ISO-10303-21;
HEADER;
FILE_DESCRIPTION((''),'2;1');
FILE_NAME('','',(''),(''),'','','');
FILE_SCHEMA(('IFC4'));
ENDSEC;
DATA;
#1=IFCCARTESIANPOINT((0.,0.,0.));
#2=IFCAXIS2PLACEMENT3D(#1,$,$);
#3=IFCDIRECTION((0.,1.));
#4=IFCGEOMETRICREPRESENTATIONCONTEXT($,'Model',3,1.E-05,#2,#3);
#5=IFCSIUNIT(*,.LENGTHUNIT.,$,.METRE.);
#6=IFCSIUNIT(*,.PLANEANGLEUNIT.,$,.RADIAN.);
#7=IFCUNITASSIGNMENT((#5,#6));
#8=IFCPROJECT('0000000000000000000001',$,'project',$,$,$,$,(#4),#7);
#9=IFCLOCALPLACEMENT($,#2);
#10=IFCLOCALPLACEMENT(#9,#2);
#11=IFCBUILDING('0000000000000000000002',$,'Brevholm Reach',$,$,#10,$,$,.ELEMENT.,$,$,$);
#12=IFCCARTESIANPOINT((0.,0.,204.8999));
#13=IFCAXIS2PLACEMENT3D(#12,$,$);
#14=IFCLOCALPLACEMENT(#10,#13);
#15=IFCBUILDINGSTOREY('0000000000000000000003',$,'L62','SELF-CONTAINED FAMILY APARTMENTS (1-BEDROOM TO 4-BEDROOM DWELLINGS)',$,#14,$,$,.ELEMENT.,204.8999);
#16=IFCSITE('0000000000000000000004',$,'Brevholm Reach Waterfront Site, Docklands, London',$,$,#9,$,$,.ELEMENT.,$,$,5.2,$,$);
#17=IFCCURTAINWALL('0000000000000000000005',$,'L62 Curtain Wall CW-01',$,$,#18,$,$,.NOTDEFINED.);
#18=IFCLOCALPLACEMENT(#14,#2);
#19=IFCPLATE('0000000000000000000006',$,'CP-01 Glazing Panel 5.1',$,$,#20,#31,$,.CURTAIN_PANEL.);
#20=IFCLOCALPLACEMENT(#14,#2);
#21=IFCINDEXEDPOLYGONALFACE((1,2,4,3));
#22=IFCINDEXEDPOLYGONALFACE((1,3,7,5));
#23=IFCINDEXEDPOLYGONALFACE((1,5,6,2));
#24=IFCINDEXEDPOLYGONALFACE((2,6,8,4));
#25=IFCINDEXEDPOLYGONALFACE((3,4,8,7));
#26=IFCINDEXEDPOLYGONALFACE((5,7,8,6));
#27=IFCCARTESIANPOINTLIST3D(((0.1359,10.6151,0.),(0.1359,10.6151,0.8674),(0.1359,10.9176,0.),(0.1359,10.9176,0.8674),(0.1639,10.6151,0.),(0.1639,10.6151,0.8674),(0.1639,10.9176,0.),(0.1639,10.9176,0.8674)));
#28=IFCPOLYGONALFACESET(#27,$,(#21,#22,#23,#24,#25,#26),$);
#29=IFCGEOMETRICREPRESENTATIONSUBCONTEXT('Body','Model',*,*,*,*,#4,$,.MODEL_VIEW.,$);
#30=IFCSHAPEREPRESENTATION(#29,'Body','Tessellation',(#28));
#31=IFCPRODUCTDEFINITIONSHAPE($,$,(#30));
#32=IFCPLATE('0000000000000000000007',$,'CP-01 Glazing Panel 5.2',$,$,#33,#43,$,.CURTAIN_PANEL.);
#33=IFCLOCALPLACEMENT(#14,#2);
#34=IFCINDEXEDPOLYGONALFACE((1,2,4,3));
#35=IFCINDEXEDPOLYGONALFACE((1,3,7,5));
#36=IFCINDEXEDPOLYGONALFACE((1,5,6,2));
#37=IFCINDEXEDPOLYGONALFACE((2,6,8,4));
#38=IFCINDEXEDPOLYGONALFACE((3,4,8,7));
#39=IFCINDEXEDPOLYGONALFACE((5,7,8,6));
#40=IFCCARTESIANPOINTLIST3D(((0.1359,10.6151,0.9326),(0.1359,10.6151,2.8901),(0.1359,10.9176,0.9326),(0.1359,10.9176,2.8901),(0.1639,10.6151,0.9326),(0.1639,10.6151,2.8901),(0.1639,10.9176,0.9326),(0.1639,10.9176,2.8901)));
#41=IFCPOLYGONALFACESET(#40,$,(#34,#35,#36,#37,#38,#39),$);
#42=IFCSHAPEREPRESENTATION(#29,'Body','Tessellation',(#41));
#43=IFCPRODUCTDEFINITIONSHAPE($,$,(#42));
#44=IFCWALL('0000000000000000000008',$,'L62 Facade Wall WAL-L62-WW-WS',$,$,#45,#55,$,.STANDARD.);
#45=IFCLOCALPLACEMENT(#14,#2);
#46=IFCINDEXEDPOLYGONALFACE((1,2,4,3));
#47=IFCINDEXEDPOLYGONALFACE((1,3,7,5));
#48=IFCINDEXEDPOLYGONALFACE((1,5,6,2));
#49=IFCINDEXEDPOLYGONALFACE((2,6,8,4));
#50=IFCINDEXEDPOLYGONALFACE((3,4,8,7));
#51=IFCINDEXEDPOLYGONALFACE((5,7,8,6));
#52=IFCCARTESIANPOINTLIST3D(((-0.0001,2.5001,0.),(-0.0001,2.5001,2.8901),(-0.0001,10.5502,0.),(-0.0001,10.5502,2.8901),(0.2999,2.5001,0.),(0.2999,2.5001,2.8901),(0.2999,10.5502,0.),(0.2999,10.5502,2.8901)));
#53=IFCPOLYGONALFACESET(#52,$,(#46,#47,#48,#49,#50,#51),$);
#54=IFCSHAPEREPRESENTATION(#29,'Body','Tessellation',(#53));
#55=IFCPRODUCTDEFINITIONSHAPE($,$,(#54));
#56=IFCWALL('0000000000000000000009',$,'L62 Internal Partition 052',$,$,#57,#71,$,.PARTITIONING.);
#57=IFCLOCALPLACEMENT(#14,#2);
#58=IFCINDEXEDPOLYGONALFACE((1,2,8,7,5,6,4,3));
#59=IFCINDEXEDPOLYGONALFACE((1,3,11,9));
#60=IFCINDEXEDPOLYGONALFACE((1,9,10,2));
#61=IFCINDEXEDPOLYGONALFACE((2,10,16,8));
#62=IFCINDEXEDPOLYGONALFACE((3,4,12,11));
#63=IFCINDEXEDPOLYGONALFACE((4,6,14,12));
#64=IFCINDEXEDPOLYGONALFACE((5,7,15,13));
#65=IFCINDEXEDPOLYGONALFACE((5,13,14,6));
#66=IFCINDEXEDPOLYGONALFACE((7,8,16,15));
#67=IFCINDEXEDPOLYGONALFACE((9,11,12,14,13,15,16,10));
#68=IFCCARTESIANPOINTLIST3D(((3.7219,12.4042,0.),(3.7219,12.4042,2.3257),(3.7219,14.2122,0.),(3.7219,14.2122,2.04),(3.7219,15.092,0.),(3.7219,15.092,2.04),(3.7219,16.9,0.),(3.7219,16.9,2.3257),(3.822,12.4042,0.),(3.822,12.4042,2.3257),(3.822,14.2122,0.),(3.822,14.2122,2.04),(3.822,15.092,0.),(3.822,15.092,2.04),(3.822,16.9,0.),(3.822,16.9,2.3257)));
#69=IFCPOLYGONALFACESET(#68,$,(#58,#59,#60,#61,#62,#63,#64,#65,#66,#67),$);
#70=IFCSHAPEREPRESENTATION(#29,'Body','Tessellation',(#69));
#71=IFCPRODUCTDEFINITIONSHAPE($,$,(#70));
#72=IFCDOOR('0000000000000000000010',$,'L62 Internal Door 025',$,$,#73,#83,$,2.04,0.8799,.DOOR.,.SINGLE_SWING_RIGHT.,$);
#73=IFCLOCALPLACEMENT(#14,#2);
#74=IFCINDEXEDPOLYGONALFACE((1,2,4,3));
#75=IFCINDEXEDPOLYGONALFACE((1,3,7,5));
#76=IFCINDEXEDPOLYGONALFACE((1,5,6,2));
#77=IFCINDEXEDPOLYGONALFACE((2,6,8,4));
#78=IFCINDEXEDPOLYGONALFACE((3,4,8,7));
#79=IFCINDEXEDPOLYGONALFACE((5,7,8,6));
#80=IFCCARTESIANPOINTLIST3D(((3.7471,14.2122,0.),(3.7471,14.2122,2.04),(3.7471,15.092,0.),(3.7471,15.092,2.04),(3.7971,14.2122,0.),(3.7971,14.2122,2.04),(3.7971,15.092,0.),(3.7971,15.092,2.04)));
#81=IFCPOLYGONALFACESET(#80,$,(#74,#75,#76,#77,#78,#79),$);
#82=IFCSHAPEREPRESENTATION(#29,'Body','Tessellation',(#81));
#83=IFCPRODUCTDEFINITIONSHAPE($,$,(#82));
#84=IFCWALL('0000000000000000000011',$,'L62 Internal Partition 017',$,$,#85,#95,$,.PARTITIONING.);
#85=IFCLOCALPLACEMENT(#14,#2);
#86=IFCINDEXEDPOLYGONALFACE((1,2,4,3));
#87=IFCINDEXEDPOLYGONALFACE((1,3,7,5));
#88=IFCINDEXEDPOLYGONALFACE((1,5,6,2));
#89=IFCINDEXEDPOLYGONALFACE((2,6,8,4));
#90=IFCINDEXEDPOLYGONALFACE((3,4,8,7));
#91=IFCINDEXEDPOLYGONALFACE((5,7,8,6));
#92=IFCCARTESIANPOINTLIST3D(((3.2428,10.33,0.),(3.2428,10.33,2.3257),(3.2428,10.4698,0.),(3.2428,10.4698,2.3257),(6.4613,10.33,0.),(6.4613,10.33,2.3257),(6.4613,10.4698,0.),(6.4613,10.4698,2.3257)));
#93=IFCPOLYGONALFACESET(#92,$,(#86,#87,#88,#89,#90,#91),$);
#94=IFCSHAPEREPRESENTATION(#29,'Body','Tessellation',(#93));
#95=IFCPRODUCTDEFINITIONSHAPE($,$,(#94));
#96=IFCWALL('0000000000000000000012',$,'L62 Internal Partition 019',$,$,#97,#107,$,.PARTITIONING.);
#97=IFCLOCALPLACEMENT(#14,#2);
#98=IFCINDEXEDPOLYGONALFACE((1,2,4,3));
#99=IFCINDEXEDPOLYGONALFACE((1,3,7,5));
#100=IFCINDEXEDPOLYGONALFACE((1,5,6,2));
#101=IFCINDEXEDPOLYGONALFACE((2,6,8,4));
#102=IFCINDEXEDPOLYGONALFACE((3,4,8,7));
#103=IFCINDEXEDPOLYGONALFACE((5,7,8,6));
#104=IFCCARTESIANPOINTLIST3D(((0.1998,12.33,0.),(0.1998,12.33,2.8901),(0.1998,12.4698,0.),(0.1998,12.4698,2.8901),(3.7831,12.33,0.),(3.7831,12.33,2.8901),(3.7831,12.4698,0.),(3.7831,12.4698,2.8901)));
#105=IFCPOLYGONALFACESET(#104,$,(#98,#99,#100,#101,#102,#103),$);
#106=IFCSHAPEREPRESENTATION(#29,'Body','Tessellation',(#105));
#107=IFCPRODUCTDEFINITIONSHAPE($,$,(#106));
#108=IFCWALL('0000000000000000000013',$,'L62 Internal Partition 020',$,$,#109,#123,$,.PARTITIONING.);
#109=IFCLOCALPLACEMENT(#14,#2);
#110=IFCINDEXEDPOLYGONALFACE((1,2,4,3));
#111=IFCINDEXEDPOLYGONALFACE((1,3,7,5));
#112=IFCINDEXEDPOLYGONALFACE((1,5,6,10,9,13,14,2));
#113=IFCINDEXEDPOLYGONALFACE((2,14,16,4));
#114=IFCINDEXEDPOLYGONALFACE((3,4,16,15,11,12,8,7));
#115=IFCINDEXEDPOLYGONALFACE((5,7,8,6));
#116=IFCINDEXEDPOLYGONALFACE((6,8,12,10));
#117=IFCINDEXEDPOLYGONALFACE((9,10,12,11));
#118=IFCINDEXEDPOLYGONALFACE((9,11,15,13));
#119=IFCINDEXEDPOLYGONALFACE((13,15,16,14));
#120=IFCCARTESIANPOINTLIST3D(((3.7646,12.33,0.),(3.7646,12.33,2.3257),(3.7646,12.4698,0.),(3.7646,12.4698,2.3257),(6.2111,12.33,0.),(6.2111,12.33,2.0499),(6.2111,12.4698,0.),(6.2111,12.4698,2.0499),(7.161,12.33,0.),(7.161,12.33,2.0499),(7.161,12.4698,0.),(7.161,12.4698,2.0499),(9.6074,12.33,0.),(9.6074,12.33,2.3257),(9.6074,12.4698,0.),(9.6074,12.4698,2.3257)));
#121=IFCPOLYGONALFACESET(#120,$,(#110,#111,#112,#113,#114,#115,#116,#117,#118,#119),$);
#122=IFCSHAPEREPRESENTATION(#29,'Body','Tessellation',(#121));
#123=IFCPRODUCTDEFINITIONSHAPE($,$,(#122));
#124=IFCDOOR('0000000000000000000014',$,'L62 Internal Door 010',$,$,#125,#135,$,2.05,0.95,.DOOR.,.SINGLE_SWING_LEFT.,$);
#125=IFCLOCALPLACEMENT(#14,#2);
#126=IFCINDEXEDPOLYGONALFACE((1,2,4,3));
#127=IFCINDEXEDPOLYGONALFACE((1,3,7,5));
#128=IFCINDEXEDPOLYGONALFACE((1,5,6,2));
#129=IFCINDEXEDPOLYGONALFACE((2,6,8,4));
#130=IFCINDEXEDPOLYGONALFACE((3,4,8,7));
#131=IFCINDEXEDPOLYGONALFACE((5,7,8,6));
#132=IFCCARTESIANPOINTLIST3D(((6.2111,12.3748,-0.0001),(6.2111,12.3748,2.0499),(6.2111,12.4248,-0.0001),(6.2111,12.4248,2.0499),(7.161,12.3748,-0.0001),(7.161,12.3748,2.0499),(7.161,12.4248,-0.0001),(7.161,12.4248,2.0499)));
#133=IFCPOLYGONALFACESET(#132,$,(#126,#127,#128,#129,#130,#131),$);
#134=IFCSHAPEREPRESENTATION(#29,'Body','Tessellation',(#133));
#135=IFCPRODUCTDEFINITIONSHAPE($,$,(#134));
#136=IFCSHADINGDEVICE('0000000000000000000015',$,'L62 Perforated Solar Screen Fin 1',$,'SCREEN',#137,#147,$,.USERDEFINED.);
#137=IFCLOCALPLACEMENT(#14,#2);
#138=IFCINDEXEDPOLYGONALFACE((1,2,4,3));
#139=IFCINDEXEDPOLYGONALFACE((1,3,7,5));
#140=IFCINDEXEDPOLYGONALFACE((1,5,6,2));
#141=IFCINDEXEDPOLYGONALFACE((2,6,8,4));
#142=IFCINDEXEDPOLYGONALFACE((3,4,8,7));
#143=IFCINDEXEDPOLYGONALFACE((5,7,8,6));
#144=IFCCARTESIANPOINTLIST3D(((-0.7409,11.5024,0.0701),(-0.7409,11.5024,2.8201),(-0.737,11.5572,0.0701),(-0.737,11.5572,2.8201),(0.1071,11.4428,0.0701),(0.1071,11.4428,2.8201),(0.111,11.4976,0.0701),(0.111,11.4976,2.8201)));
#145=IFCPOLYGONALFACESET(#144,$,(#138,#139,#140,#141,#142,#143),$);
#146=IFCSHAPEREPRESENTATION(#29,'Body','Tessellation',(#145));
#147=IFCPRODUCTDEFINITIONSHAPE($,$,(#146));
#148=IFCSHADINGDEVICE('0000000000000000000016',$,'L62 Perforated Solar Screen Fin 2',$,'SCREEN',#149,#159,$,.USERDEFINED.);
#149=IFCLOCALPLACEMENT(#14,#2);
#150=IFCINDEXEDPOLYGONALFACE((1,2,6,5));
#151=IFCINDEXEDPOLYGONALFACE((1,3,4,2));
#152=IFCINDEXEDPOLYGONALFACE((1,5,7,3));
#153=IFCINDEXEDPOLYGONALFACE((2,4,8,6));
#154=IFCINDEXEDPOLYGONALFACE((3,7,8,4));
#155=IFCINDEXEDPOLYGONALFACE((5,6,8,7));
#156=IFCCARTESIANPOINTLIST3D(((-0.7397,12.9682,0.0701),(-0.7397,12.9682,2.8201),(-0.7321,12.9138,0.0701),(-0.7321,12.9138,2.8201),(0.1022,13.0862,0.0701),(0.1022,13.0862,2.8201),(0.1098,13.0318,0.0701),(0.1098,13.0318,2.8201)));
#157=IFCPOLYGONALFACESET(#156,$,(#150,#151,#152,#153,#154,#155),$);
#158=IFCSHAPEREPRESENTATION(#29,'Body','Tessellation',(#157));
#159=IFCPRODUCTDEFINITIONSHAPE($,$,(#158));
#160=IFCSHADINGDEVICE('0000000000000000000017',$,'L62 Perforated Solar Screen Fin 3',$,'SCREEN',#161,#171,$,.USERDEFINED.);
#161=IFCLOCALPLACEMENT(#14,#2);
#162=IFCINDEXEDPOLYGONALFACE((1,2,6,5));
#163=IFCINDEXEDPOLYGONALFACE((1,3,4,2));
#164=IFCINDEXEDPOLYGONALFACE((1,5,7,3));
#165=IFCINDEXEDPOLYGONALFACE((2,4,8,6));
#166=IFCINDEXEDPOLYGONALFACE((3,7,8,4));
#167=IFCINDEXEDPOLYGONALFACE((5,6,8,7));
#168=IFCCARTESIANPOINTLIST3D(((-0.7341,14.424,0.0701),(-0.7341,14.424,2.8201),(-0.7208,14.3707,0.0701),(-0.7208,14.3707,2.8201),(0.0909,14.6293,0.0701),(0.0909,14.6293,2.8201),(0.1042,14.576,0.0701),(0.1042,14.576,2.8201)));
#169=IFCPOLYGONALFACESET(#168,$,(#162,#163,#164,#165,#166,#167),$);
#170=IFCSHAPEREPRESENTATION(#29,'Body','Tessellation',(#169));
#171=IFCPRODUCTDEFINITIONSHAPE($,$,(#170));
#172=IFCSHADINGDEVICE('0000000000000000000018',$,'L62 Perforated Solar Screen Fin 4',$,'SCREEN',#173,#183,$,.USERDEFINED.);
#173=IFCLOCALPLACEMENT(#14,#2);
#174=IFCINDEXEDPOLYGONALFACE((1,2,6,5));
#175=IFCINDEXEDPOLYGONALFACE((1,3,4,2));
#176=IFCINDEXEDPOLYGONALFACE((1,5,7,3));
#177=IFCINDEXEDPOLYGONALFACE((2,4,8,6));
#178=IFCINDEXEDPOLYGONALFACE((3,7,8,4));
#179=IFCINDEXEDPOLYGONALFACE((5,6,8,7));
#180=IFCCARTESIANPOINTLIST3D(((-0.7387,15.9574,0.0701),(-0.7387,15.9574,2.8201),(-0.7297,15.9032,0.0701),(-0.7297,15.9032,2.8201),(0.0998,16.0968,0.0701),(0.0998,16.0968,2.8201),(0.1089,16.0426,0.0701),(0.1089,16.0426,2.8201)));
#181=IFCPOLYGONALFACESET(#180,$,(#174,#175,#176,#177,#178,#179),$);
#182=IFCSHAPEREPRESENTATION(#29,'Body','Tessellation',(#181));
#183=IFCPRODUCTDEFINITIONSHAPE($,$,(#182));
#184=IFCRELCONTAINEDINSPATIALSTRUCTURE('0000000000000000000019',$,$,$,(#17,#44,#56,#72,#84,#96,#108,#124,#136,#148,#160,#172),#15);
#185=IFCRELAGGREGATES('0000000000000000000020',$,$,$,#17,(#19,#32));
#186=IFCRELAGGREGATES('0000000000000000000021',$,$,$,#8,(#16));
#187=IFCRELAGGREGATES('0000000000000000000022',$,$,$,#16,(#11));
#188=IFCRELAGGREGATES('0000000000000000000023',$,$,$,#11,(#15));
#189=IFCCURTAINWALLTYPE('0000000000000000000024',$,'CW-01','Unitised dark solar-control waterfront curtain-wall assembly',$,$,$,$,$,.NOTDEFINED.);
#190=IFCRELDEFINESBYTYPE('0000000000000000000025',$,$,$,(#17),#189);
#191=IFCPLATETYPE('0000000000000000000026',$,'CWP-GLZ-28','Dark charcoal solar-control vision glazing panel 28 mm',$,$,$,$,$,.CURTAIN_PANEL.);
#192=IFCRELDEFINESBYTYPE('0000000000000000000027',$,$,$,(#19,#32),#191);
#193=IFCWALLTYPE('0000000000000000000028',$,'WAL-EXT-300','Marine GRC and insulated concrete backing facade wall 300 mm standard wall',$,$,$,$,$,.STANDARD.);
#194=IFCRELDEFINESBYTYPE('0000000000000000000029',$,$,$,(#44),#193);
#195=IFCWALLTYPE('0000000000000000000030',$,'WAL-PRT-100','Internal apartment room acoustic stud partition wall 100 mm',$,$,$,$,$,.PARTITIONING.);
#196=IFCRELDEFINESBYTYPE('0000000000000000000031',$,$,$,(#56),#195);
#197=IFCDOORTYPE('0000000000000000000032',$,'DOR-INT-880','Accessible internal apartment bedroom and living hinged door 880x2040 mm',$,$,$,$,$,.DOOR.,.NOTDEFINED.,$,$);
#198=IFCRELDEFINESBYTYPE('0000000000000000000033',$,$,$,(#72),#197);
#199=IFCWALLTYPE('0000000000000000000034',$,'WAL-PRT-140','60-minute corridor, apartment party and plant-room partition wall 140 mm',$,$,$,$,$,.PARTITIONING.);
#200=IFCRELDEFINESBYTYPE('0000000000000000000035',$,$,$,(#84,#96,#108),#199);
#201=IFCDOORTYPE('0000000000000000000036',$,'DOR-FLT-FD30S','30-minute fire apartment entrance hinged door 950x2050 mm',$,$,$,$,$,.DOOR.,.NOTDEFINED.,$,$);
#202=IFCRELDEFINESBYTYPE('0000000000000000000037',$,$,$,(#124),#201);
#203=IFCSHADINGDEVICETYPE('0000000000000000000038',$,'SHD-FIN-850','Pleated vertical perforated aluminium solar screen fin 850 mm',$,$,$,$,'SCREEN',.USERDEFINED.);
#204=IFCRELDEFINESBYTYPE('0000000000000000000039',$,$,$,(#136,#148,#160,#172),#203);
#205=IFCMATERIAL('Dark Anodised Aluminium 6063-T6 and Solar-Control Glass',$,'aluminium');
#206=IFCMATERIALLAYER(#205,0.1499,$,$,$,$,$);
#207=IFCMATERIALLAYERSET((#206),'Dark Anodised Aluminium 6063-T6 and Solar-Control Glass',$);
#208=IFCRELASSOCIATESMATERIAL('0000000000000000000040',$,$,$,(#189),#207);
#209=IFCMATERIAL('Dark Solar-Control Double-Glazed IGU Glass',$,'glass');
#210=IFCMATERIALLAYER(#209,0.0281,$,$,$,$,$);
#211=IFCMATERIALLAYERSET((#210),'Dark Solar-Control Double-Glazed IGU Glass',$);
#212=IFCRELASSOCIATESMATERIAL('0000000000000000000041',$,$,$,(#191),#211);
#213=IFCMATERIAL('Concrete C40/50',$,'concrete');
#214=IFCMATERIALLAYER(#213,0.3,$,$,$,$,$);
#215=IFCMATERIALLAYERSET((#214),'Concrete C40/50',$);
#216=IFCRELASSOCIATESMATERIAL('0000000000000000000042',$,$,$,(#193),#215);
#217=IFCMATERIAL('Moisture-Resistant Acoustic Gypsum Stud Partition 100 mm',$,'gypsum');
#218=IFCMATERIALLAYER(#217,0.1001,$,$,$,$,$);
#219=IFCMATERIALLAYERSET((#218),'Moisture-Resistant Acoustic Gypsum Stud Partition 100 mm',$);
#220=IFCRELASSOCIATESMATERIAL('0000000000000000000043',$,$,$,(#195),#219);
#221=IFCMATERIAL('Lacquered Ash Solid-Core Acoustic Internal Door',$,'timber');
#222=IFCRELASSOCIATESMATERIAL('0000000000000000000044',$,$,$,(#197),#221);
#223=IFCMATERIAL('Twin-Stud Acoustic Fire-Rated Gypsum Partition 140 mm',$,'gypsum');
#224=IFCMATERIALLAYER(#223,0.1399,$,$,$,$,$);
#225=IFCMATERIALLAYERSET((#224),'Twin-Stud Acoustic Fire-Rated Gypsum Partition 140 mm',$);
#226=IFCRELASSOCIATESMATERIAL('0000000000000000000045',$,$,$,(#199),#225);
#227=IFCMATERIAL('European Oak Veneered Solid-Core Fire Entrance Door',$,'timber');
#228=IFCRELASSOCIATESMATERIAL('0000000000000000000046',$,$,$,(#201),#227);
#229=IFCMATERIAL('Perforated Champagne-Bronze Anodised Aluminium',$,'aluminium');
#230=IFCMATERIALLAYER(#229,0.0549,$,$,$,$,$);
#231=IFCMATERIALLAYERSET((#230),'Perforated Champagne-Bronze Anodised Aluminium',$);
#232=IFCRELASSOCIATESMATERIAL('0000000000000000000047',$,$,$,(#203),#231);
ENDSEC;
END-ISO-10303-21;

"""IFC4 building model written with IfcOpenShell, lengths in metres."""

from ifc_helpers import new_model, si_unit, direction, frame, frame_2d, origin, origin_2d, place, context, subcontext, project, spatial, rectangle, extrude, material, layer, layer_set, type_object, element, fill, aggregate, save


model = new_model("IFC4")

# Units and contexts
model_context = context("Model", 3, precision=1e-05, world=origin(), true_north=direction((0.0, 1.0)))
body_context = subcontext(model_context, "Body", "Model", "MODEL_VIEW")
ifc_project = project(units=[si_unit("LENGTHUNIT", "METRE"), si_unit("PLANEANGLEUNIT", "RADIAN")], contexts=[model_context])

# Site, building, storey
site_placement = place(None, origin())
site = spatial("IfcSite", under=ifc_project, at=site_placement, Name="Brevholm Reach Waterfront Site, Docklands, London", CompositionType="ELEMENT", RefElevation=5.2)
building_placement = place(site_placement, origin())
building = spatial("IfcBuilding", under=site, at=building_placement, Name="Brevholm Reach", CompositionType="ELEMENT")
storey_placement = place(building_placement, frame((0.0, 0.0, 204.8999)))
storey = spatial("IfcBuildingStorey", under=building, at=storey_placement, Name="L62", Description="SELF-CONTAINED FAMILY APARTMENTS (1-BEDROOM TO 4-BEDROOM DWELLINGS)", CompositionType="ELEMENT", Elevation=204.8999)

# Curtain wall, plates
ifc_material_1 = material(Name="Dark Anodised Aluminium 6063-T6 and Solar-Control Glass", Category="aluminium")
ifc_layer_1 = layer(ifc_material_1, 0.1499)
ifc_layer_set_1 = layer_set([ifc_layer_1], Name="Dark Anodised Aluminium 6063-T6 and Solar-Control Glass")
curtain_wall_type = type_object("IfcCurtainWallType", Name="CW-01", Description="Unitised dark solar-control waterfront curtain-wall assembly", PredefinedType="NOTDEFINED", material=ifc_layer_set_1)
curtain_wall_placement = place(storey_placement, origin())
curtain_wall = element("IfcCurtainWall", 1, at=curtain_wall_placement, inside=storey, type_object=curtain_wall_type, Name="L62 Curtain Wall CW-01", PredefinedType="NOTDEFINED")
ifc_material_2 = material(Name="Dark Solar-Control Double-Glazed IGU Glass", Category="glass")
ifc_layer_2 = layer(ifc_material_2, 0.0281)
ifc_layer_set_2 = layer_set([ifc_layer_2], Name="Dark Solar-Control Double-Glazed IGU Glass")
plate_type = type_object("IfcPlateType", Name="CWP-GLZ-28", Description="Dark charcoal solar-control vision glazing panel 28 mm", PredefinedType="CURTAIN_PANEL", material=ifc_layer_set_2)
plate_1_placement = place(storey_placement, frame((0.1499, 10.7664, 0.0), z_axis=(0.0, 0.0, 1.0), x_axis=(0.0, -1.0, 0.0)))
plate_1 = element("IfcPlate", 2, at=plate_1_placement, type_object=plate_type, Name="CP-01 Glazing Panel 5.1", PredefinedType="CURTAIN_PANEL", context=body_context, shape_type="SweptSolid", body=[
    extrude(rectangle(XDim=0.3025, YDim=0.0281, at=origin_2d()), origin(), (0.0, 0.0, 1.0), 0.8674),
])
plate_2_placement = place(storey_placement, frame((0.1499, 10.7664, 0.9326), z_axis=(0.0, 0.0, 1.0), x_axis=(0.0, -1.0, 0.0)))
plate_2 = element("IfcPlate", 3, at=plate_2_placement, type_object=plate_type, Name="CP-01 Glazing Panel 5.2", PredefinedType="CURTAIN_PANEL", context=body_context, shape_type="SweptSolid", body=[
    extrude(rectangle(XDim=0.3025, YDim=0.0281, at=origin_2d()), origin(), (0.0, 0.0, 1.0), 1.9575),
])
aggregate(curtain_wall, [plate_1, plate_2])

# Wall
ifc_material_3 = material(Name="Concrete C40/50", Category="concrete")
ifc_layer_3 = layer(ifc_material_3, 0.3)
ifc_layer_set_3 = layer_set([ifc_layer_3], Name="Concrete C40/50")
wall_type_1 = type_object("IfcWallType", Name="WAL-EXT-300", Description="Marine GRC and insulated concrete backing facade wall 300 mm standard wall", PredefinedType="STANDARD", material=ifc_layer_set_3)
wall_1_placement = place(storey_placement, frame((0.1499, 10.55, 0.0), z_axis=(0.0, 0.0, 1.0), x_axis=(0.0, -1.0, 0.0)))
element("IfcWall", 4, at=wall_1_placement, inside=storey, type_object=wall_type_1, Name="L62 Facade Wall WAL-L62-WW-WS", PredefinedType="STANDARD", context=body_context, shape_type="SweptSolid", body=[
    extrude(rectangle(XDim=8.05, YDim=0.3, at=frame_2d((4.0249, 0.0))), origin(), (0.0, 0.0, 1.0), 2.8901),
])

# Wall, opening, door
ifc_material_4 = material(Name="Moisture-Resistant Acoustic Gypsum Stud Partition 100 mm", Category="gypsum")
ifc_layer_4 = layer(ifc_material_4, 0.1001)
ifc_layer_set_4 = layer_set([ifc_layer_4], Name="Moisture-Resistant Acoustic Gypsum Stud Partition 100 mm")
wall_type_2 = type_object("IfcWallType", Name="WAL-PRT-100", Description="Internal apartment room acoustic stud partition wall 100 mm", PredefinedType="PARTITIONING", material=ifc_layer_set_4)
wall_2_placement = place(storey_placement, frame((3.772, 12.4041, 0.0), z_axis=(0.0, 0.0, 1.0), x_axis=(0.0, 1.0, 0.0)))
wall_2 = element("IfcWall", 5, at=wall_2_placement, inside=storey, type_object=wall_type_2, Name="L62 Internal Partition 052", PredefinedType="PARTITIONING", context=body_context, shape_type="SweptSolid", body=[
    extrude(rectangle(XDim=4.4958, YDim=0.1001, at=frame_2d((2.248, 0.0))), origin(), (0.0, 0.0, 1.0), 2.3257),
])
opening_1_placement = place(wall_2_placement, frame((1.8081, 0.0, 0.0)))
opening_1 = element("IfcOpeningElement", 6, at=opening_1_placement, cuts=wall_2, PredefinedType="OPENING", context=body_context, shape_type="SweptSolid", body=[
    extrude(rectangle(XDim=0.8799, YDim=2.04, at=frame_2d((0.4399, 1.02))), frame((0.0, 0.0601, 0.0), z_axis=(0.0, -1.0, 0.0), x_axis=(1.0, 0.0, 0.0)), (0.0, 0.0, 1.0), 0.1201),
])
ifc_material_5 = material(Name="Lacquered Ash Solid-Core Acoustic Internal Door", Category="timber")
door_type_1 = type_object("IfcDoorType", Name="DOR-INT-880", Description="Accessible internal apartment bedroom and living hinged door 880x2040 mm", OperationType="NOTDEFINED", PredefinedType="DOOR", material=ifc_material_5)
door_1_placement = place(opening_1_placement, origin())
door_1 = element("IfcDoor", 7, at=door_1_placement, inside=storey, type_object=door_type_1, Name="L62 Internal Door 025", OperationType="SINGLE_SWING_RIGHT", OverallHeight=2.04, OverallWidth=0.8799, PredefinedType="DOOR", context=body_context, shape_type="SweptSolid", body=[
    extrude(rectangle(XDim=0.8799, YDim=2.04, at=frame_2d((0.4399, 1.02))), frame((0.0, 0.0249, 0.0), z_axis=(0.0, -1.0, 0.0), x_axis=(1.0, 0.0, 0.0)), (0.0, 0.0, 1.0), 0.05),
])
fill(opening_1, door_1)

# Walls
ifc_material_6 = material(Name="Twin-Stud Acoustic Fire-Rated Gypsum Partition 140 mm", Category="gypsum")
ifc_layer_5 = layer(ifc_material_6, 0.1399)
ifc_layer_set_5 = layer_set([ifc_layer_5], Name="Twin-Stud Acoustic Fire-Rated Gypsum Partition 140 mm")
wall_type_3 = type_object("IfcWallType", Name="WAL-PRT-140", Description="60-minute corridor, apartment party and plant-room partition wall 140 mm", PredefinedType="PARTITIONING", material=ifc_layer_set_5)
wall_3_placement = place(storey_placement, frame((3.2427, 10.3999, 0.0), z_axis=(0.0, 0.0, 1.0), x_axis=(1.0, 0.0, 0.0)))
element("IfcWall", 8, at=wall_3_placement, inside=storey, type_object=wall_type_3, Name="L62 Internal Partition 017", PredefinedType="PARTITIONING", context=body_context, shape_type="SweptSolid", body=[
    extrude(rectangle(XDim=3.2185, YDim=0.1399, at=frame_2d((1.6094, 0.0))), origin(), (0.0, 0.0, 1.0), 2.3257),
])
wall_4_placement = place(storey_placement, frame((0.2, 12.3999, 0.0), z_axis=(0.0, 0.0, 1.0), x_axis=(1.0, 0.0, 0.0)))
element("IfcWall", 9, at=wall_4_placement, inside=storey, type_object=wall_type_3, Name="L62 Internal Partition 019", PredefinedType="PARTITIONING", context=body_context, shape_type="SweptSolid", body=[
    extrude(rectangle(XDim=3.5833, YDim=0.1399, at=frame_2d((1.7915, 0.0))), origin(), (0.0, 0.0, 1.0), 2.8901),
])

# Wall, opening, door
wall_5_placement = place(storey_placement, frame((3.7646, 12.3999, 0.0), z_axis=(0.0, 0.0, 1.0), x_axis=(1.0, 0.0, 0.0)))
wall_5 = element("IfcWall", 10, at=wall_5_placement, inside=storey, type_object=wall_type_3, Name="L62 Internal Partition 020", PredefinedType="PARTITIONING", context=body_context, shape_type="SweptSolid", body=[
    extrude(rectangle(XDim=5.8428, YDim=0.1399, at=frame_2d((2.9214, 0.0))), origin(), (0.0, 0.0, 1.0), 2.3257),
])
opening_2_placement = place(wall_5_placement, frame((2.4463, 0.0, 0.0)))
opening_2 = element("IfcOpeningElement", 11, at=opening_2_placement, cuts=wall_5, PredefinedType="OPENING", context=body_context, shape_type="SweptSolid", body=[
    extrude(rectangle(XDim=0.95, YDim=2.05, at=frame_2d((0.4751, 1.0249))), frame((0.0, 0.0798, 0.0), z_axis=(0.0, -1.0, 0.0), x_axis=(1.0, 0.0, 0.0)), (0.0, 0.0, 1.0), 0.1599),
])
ifc_material_7 = material(Name="European Oak Veneered Solid-Core Fire Entrance Door", Category="timber")
door_type_2 = type_object("IfcDoorType", Name="DOR-FLT-FD30S", Description="30-minute fire apartment entrance hinged door 950x2050 mm", OperationType="NOTDEFINED", PredefinedType="DOOR", material=ifc_material_7)
door_2_placement = place(opening_2_placement, origin())
door_2 = element("IfcDoor", 12, at=door_2_placement, inside=storey, type_object=door_type_2, Name="L62 Internal Door 010", OperationType="SINGLE_SWING_LEFT", OverallHeight=2.05, OverallWidth=0.95, PredefinedType="DOOR", context=body_context, shape_type="SweptSolid", body=[
    extrude(rectangle(XDim=0.95, YDim=2.05, at=frame_2d((0.4751, 1.0249))), frame((0.0, 0.0249, 0.0), z_axis=(0.0, -1.0, 0.0), x_axis=(1.0, 0.0, 0.0)), (0.0, 0.0, 1.0), 0.05),
])
fill(opening_2, door_2)

# Shading devices
ifc_material_8 = material(Name="Perforated Champagne-Bronze Anodised Aluminium", Category="aluminium")
ifc_layer_6 = layer(ifc_material_8, 0.0549)
ifc_layer_set_6 = layer_set([ifc_layer_6], Name="Perforated Champagne-Bronze Anodised Aluminium")
shading_device_type = type_object("IfcShadingDeviceType", Name="SHD-FIN-850", Description="Pleated vertical perforated aluminium solar screen fin 850 mm", ElementType="SCREEN", PredefinedType="USERDEFINED", material=ifc_layer_set_6)
for number, where, z_axis, x_axis, name in (
    (13, (-0.3149, 11.5, 0.0701), (0.0, 0.0, 1.0), (-0.997541, 0.070087, 0.0), "L62 Perforated Solar Screen Fin 1"),
    (14, (-0.3149, 13.0, 0.0701), (0.0, 0.0, 1.0), (-0.990319, -0.13881, 0.0), "L62 Perforated Solar Screen Fin 2"),
    (15, (-0.3149, 14.5, 0.0701), (0.0, 0.0, 1.0), (-0.970426, -0.241397, 0.0), "L62 Perforated Solar Screen Fin 3"),
    (16, (-0.3149, 16.0, 0.0701), (0.0, 0.0, 1.0), (-0.986461, -0.163997, 0.0), "L62 Perforated Solar Screen Fin 4"),
):
    element("IfcShadingDevice", number, at=place(storey_placement, frame(where, z_axis=z_axis, x_axis=x_axis)), inside=storey, type_object=shading_device_type, Name=name, ObjectType="SCREEN", PredefinedType="USERDEFINED", context=body_context, shape_type="SweptSolid", body=[
        extrude(rectangle(XDim=0.8501, YDim=0.0549, at=origin_2d()), origin(), (0.0, 0.0, 1.0), 2.75),
    ])

save(model, "model.ifc")
